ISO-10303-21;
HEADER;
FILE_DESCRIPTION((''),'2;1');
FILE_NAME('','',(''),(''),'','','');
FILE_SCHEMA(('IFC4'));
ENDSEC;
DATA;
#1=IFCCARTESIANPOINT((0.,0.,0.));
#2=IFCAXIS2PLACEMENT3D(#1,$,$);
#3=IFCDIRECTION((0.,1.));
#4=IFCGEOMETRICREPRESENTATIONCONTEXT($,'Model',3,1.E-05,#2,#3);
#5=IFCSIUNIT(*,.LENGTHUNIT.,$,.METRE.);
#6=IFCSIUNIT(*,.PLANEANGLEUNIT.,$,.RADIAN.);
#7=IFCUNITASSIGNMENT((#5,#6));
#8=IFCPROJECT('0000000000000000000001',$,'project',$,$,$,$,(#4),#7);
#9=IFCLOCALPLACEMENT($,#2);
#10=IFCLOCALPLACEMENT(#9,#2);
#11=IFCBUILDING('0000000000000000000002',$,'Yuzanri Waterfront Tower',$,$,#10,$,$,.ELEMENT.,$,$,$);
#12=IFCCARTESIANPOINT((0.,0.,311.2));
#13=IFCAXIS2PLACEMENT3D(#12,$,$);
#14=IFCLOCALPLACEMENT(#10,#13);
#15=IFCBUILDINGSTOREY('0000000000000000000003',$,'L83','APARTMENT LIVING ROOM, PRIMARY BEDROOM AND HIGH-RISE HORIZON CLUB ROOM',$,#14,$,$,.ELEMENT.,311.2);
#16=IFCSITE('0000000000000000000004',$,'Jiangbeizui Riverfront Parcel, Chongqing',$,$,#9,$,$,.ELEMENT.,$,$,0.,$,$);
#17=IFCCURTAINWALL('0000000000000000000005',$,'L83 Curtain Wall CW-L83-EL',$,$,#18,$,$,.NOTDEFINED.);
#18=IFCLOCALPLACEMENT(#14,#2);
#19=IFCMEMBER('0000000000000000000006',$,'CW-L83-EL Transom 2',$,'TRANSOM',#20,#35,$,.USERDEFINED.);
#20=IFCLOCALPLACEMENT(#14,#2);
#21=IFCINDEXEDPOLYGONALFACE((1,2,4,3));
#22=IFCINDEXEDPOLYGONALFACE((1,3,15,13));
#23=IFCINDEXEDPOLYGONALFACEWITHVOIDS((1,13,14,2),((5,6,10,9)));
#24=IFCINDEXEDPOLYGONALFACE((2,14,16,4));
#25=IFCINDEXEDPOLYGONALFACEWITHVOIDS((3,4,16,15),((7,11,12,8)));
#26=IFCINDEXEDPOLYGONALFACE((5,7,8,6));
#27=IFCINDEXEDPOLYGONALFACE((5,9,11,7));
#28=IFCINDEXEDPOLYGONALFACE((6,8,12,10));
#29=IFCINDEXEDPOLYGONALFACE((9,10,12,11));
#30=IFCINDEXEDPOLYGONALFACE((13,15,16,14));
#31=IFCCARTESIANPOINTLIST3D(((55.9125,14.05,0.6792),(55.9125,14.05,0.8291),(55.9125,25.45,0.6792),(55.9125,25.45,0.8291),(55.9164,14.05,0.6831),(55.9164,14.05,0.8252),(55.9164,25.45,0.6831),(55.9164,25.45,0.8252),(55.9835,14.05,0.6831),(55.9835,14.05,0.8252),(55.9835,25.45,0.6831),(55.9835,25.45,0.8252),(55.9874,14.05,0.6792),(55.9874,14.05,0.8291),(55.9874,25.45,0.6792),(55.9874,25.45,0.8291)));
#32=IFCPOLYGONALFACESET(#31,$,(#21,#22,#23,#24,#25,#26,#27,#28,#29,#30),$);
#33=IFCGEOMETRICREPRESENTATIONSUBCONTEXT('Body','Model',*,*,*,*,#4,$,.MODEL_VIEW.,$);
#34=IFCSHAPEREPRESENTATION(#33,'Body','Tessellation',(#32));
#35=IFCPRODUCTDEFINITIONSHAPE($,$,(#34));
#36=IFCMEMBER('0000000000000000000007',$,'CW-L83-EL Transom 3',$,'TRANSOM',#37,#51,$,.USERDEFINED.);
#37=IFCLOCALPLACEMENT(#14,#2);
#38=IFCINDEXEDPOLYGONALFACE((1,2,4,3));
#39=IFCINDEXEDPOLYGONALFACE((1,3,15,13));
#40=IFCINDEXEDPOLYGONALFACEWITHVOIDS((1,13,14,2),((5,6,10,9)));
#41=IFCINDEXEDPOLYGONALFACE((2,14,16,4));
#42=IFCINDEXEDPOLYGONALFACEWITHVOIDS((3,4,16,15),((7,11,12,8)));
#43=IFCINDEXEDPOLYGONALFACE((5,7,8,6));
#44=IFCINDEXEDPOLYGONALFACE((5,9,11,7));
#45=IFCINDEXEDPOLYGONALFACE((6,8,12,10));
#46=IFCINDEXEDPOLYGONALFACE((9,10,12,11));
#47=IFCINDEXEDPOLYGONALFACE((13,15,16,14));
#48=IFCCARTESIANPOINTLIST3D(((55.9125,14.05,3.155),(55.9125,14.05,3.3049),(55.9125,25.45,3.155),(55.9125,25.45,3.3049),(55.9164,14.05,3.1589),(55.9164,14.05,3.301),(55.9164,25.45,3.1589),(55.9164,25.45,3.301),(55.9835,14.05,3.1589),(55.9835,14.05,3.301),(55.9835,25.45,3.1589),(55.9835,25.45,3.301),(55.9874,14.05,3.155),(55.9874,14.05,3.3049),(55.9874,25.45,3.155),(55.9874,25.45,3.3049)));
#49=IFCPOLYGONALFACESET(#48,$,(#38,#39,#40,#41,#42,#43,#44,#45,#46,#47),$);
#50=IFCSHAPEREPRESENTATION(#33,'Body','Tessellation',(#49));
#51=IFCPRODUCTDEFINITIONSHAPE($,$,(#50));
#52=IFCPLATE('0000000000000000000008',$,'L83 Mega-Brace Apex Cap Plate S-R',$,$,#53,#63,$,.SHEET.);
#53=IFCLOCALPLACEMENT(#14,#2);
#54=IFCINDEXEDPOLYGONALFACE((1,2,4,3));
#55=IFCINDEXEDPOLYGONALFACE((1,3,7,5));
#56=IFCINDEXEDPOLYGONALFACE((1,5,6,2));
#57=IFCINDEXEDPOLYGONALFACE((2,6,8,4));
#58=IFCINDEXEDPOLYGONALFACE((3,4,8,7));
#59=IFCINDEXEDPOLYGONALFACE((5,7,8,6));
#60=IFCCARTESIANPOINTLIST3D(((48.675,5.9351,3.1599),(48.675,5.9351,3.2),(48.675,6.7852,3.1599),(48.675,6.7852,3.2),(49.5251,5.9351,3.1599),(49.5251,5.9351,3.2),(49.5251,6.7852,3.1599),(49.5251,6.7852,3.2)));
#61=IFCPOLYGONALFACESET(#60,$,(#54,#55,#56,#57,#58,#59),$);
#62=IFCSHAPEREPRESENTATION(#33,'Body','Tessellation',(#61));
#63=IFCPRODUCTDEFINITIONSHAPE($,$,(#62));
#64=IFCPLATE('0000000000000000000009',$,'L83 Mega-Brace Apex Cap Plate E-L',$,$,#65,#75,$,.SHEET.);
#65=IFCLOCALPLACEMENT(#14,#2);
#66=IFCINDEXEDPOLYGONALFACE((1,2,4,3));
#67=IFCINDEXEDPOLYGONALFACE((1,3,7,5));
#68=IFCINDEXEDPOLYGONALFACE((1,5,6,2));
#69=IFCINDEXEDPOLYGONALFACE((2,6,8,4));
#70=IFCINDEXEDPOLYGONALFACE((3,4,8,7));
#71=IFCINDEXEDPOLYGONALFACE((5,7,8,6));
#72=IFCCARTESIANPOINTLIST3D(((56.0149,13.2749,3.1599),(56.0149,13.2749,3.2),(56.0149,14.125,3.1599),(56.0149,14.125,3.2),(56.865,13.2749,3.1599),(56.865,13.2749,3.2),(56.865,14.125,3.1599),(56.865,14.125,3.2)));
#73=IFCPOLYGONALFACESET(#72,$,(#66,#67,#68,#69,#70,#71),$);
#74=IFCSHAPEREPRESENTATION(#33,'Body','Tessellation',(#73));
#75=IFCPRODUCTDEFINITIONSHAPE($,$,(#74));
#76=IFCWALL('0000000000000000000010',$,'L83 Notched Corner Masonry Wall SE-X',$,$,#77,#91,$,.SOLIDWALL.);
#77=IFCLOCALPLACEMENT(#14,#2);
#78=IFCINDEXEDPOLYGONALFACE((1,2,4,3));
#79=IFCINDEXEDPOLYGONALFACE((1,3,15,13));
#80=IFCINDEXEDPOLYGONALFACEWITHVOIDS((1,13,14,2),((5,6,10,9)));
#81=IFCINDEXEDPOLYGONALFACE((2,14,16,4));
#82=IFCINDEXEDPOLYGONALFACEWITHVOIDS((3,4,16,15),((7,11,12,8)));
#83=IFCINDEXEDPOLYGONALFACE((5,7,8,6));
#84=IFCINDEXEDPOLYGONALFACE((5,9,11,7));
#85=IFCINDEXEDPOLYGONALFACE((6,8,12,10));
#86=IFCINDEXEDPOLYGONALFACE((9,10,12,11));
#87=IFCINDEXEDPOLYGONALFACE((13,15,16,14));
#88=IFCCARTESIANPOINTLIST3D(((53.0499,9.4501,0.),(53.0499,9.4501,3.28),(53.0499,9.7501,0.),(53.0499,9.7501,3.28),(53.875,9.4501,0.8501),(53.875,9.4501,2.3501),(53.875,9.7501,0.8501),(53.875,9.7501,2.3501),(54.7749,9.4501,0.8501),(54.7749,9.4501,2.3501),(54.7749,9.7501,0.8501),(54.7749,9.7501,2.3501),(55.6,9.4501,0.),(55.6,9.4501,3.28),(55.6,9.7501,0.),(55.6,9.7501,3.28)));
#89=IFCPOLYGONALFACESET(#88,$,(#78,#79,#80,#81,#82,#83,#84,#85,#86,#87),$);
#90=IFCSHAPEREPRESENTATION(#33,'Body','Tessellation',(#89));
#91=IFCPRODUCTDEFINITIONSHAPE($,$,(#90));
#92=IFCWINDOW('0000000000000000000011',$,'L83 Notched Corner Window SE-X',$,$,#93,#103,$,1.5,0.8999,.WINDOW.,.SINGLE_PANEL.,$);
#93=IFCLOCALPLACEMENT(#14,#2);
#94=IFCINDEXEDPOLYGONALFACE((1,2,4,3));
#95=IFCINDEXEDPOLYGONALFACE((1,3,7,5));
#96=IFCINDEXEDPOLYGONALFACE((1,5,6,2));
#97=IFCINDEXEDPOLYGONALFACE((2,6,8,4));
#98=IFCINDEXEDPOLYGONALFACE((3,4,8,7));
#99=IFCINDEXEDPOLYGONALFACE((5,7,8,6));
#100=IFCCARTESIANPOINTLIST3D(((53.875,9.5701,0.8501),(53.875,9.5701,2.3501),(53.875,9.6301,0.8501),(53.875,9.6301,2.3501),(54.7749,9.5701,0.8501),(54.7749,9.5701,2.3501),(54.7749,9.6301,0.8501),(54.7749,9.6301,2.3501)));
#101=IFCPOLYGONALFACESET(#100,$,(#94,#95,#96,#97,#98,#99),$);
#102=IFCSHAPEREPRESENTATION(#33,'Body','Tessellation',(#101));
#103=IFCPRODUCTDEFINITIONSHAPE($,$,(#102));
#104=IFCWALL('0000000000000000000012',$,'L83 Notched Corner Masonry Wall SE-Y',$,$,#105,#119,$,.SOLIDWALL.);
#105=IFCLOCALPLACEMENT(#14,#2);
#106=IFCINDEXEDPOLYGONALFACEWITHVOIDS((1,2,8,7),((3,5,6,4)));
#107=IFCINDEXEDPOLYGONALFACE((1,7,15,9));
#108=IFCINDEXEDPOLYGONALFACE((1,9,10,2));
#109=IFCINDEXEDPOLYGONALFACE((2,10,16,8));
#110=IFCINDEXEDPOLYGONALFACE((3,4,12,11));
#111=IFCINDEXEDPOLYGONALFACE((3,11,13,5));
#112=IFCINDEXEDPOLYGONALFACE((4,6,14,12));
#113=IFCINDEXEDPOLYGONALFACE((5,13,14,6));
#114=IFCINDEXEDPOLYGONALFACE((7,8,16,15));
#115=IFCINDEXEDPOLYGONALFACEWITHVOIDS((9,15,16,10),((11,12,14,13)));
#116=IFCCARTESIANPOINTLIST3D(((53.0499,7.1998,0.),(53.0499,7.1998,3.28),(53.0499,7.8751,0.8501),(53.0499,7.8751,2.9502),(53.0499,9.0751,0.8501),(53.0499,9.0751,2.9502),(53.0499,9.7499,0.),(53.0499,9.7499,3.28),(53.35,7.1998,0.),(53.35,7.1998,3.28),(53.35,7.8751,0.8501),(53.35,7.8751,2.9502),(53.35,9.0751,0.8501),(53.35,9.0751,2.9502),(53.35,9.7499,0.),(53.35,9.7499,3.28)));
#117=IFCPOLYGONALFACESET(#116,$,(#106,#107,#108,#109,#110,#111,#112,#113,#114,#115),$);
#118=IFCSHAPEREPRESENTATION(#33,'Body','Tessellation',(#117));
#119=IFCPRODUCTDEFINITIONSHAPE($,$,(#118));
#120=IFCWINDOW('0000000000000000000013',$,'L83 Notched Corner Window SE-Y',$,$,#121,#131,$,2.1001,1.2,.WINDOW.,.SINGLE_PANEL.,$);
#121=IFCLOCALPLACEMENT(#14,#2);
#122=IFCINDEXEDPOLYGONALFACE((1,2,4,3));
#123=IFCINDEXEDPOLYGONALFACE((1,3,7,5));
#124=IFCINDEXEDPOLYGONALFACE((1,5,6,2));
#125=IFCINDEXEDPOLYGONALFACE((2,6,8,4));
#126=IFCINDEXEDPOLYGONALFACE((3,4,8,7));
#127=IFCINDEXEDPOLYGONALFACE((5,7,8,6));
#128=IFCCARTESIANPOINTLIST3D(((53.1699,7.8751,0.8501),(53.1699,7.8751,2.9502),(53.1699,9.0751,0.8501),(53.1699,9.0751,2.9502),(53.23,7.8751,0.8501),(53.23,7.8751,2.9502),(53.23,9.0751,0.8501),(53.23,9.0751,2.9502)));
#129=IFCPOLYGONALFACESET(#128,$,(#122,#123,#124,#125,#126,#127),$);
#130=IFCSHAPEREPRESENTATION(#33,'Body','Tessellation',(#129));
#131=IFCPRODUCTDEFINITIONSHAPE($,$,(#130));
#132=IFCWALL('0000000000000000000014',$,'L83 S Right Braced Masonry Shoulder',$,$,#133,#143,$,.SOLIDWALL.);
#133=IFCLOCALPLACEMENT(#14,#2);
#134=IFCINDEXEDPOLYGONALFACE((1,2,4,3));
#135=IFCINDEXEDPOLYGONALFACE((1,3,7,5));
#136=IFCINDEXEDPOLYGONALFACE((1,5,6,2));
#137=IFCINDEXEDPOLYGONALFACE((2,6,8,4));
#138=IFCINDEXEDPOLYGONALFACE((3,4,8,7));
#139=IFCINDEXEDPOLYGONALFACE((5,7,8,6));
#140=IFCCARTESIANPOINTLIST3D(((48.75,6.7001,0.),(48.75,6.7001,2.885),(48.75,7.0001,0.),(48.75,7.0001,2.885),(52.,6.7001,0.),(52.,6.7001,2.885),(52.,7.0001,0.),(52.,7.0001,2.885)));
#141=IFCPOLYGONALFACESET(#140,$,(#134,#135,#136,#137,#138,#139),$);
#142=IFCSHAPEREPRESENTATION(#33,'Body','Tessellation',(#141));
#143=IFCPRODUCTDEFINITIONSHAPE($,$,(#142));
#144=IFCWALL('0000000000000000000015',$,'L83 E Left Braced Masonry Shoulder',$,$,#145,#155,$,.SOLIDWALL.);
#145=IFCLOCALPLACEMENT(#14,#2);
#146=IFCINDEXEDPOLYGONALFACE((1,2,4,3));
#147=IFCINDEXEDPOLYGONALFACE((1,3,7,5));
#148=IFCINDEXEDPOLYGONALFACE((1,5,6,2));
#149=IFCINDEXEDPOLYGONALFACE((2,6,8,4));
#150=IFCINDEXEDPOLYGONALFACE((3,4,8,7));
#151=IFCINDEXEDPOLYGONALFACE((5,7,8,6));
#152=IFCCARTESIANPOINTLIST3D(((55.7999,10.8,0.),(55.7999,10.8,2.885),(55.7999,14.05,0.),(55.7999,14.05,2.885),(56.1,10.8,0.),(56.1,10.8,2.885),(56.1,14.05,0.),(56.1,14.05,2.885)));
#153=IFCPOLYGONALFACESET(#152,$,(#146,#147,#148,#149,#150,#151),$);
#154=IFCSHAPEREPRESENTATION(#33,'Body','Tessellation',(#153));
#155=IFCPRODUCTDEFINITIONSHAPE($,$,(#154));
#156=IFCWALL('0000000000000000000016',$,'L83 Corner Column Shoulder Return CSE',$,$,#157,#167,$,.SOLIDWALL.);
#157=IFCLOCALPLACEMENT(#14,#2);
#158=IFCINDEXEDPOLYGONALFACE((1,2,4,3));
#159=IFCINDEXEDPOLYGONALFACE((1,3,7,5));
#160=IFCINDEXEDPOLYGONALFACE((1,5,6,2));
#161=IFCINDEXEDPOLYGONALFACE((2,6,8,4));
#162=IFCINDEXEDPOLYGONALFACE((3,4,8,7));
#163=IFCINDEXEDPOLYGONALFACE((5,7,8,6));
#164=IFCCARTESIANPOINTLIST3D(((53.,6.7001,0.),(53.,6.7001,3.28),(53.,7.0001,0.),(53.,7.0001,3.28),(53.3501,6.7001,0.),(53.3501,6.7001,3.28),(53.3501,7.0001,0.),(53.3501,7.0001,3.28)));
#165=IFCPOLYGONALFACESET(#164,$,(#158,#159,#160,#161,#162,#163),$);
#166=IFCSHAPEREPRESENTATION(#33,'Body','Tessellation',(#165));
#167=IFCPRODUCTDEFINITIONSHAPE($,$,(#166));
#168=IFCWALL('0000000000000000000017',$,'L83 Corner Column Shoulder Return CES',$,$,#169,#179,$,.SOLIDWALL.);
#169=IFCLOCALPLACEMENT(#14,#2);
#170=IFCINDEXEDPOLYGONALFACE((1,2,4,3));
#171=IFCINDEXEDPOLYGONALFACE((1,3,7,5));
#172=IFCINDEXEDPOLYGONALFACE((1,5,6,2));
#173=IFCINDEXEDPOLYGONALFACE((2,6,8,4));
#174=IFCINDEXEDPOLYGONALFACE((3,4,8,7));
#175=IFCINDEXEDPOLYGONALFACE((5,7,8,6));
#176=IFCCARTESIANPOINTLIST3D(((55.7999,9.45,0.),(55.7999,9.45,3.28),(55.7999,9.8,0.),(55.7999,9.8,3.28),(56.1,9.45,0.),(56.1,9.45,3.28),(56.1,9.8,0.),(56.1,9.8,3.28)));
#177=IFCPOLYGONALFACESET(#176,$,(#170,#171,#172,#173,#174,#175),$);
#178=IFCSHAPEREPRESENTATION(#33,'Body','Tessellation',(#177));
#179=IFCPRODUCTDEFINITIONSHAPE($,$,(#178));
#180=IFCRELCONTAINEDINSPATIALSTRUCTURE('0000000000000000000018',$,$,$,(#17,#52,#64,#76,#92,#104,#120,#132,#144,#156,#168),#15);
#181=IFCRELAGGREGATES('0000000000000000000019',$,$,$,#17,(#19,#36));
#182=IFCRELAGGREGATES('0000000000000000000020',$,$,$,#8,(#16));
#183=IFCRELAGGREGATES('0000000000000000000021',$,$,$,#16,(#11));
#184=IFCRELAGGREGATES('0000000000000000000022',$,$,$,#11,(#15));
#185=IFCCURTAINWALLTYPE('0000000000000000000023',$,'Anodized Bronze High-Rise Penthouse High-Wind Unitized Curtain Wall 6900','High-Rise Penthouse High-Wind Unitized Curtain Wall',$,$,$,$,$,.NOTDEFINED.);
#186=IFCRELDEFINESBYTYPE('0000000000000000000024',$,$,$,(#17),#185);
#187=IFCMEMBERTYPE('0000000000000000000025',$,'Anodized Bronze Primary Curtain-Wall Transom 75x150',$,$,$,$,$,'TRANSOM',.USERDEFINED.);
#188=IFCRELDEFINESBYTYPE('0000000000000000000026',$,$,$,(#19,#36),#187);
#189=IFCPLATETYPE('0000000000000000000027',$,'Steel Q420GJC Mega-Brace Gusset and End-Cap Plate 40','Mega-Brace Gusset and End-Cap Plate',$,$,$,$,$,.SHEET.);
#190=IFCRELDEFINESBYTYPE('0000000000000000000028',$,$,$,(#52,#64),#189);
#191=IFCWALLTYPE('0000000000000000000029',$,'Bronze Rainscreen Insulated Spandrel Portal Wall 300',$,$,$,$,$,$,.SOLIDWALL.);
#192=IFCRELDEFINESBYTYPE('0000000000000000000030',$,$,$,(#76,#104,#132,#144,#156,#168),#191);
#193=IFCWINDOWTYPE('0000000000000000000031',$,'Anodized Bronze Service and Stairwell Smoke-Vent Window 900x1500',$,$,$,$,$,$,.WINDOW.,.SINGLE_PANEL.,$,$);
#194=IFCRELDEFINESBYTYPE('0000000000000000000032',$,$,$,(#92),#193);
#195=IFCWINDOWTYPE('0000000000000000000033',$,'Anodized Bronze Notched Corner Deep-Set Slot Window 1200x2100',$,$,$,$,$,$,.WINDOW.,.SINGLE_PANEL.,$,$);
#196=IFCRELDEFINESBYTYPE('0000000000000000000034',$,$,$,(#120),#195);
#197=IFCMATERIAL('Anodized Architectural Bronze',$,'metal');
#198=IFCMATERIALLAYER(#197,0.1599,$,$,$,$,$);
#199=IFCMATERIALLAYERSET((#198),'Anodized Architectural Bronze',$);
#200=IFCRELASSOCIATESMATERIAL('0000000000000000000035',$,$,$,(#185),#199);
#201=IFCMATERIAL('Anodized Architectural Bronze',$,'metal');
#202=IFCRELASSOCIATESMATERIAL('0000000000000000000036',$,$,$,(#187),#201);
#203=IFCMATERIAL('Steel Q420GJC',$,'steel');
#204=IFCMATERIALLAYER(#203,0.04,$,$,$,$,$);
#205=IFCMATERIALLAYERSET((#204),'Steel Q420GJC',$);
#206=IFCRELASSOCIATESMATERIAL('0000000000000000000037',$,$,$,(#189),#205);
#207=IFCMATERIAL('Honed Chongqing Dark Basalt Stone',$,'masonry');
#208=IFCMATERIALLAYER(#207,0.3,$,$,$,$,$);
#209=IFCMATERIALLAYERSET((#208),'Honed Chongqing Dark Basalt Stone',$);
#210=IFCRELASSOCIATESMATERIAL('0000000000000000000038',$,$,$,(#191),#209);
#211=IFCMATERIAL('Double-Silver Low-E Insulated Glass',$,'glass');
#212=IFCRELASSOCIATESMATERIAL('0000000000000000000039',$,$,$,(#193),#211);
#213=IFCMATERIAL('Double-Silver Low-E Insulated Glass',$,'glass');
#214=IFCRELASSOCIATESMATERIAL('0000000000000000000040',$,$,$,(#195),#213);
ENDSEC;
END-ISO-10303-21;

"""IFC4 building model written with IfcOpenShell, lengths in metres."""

from ifc_helpers import new_model, si_unit, direction, frame, frame_2d, origin, origin_2d, place, context, subcontext, project, spatial, rectangle, hollow_rectangle, extrude, source, transform, mapped, material, layer, layer_set, material_profile, profile_set, type_object, element, fill, aggregate, save


model = new_model("IFC4")

# Units and contexts
model_context = context("Model", 3, precision=1e-05, world=origin(), true_north=direction((0.0, 1.0)))
body_context = subcontext(model_context, "Body", "Model", "MODEL_VIEW")
ifc_project = project(units=[si_unit("LENGTHUNIT", "METRE"), si_unit("PLANEANGLEUNIT", "RADIAN")], contexts=[model_context])

# Site, building, storey
site_placement = place(None, origin())
site = spatial("IfcSite", under=ifc_project, at=site_placement, Name="Jiangbeizui Riverfront Parcel, Chongqing", CompositionType="ELEMENT", RefElevation=0.0)
building_placement = place(site_placement, origin())
building = spatial("IfcBuilding", under=site, at=building_placement, Name="Yuzanri Waterfront Tower", CompositionType="ELEMENT")
storey_placement = place(building_placement, frame((0.0, 0.0, 311.2)))
storey = spatial("IfcBuildingStorey", under=building, at=storey_placement, Name="L83", Description="APARTMENT LIVING ROOM, PRIMARY BEDROOM AND HIGH-RISE HORIZON CLUB ROOM", CompositionType="ELEMENT", Elevation=311.2)

# Curtain wall
ifc_material_1 = material(Name="Anodized Architectural Bronze", Category="metal")
ifc_layer_1 = layer(ifc_material_1, 0.1599)
ifc_layer_set_1 = layer_set([ifc_layer_1], Name="Anodized Architectural Bronze")
curtain_wall_type = type_object("IfcCurtainWallType", Name="Anodized Bronze High-Rise Penthouse High-Wind Unitized Curtain Wall 6900", Description="High-Rise Penthouse High-Wind Unitized Curtain Wall", PredefinedType="NOTDEFINED", material=ifc_layer_set_1)
curtain_wall_1_placement = place(storey_placement, origin())
curtain_wall_1 = element("IfcCurtainWall", 1, at=curtain_wall_1_placement, inside=storey, type_object=curtain_wall_type, Name="L83 Curtain Wall CW-L83-EL", PredefinedType="NOTDEFINED")

# Members
ifc_material_2 = material(Name="Anodized Architectural Bronze", Category="metal")
ifc_material_profile_1 = material_profile(ifc_material_2, hollow_rectangle(XDim=0.075, YDim=0.1499, WallThickness=0.0039, at=origin_2d()), Name="CWT 75x150")
ifc_profile_set_1 = profile_set([ifc_material_profile_1], Name="Anodized Architectural Bronze")
member_type_1 = type_object("IfcMemberType", Name="Anodized Bronze Primary Curtain-Wall Transom 75x150", ElementType="TRANSOM", PredefinedType="USERDEFINED", material=ifc_profile_set_1)
shared_shape_1 = source(origin(), body_context, "Body", "SweptSolid", [
    extrude(hollow_rectangle(XDim=0.075, YDim=0.1499, WallThickness=0.0039, at=origin_2d()), origin(), (0.0, 0.0, 1.0), 11.3999),
])
member_1_placement = place(storey_placement, frame((55.95, 14.05, 0.7542), z_axis=(0.0, 1.0, 0.0), x_axis=(-1.0, 0.0, 0.0)))
member_1 = element("IfcMember", 2, at=member_1_placement, type_object=member_type_1, Name="CW-L83-EL Transom 2", ObjectType="TRANSOM", PredefinedType="USERDEFINED", context=body_context, shape_type="MappedRepresentation", body=[
    mapped(shared_shape_1, transform((0.0, 0.0, 0.0), scale=1.0)),
])
member_2_placement = place(storey_placement, frame((55.95, 14.05, 3.23), z_axis=(0.0, 1.0, 0.0), x_axis=(-1.0, 0.0, 0.0)))
member_2 = element("IfcMember", 3, at=member_2_placement, type_object=member_type_1, Name="CW-L83-EL Transom 3", ObjectType="TRANSOM", PredefinedType="USERDEFINED", context=body_context, shape_type="MappedRepresentation", body=[
    mapped(shared_shape_1, transform((0.0, 0.0, 0.0), scale=1.0)),
])
aggregate(curtain_wall_1, [member_1, member_2])

# Plates
ifc_material_3 = material(Name="Steel Q420GJC", Category="steel")
ifc_layer_2 = layer(ifc_material_3, 0.04)
ifc_layer_set_2 = layer_set([ifc_layer_2], Name="Steel Q420GJC")
plate_type = type_object("IfcPlateType", Name="Steel Q420GJC Mega-Brace Gusset and End-Cap Plate 40", Description="Mega-Brace Gusset and End-Cap Plate", PredefinedType="SHEET", material=ifc_layer_set_2)
shared_shape_2 = source(origin(), body_context, "Body", "SweptSolid", [
    extrude(rectangle(XDim=0.8501, YDim=0.8501, at=origin_2d()), origin(), (0.0, 0.0, 1.0), 0.04),
])
for number, where, z_axis, x_axis, name in (
    (4, (49.1001, 6.3601, 3.1599), (0.0, 0.0, 1.0), (1.0, 0.0, 0.0), "L83 Mega-Brace Apex Cap Plate S-R"),
    (5, (56.4399, 13.7, 3.1599), (0.0, 0.0, 1.0), (1.0, 0.0, 0.0), "L83 Mega-Brace Apex Cap Plate E-L"),
):
    element("IfcPlate", number, at=place(storey_placement, frame(where, z_axis=z_axis, x_axis=x_axis)), inside=storey, type_object=plate_type, Name=name, PredefinedType="SHEET", context=body_context, shape_type="MappedRepresentation", body=[
        mapped(shared_shape_2, transform((0.0, 0.0, 0.0), scale=1.0)),
    ])

# Walls, openings, windows
ifc_material_4 = material(Name="Honed Chongqing Dark Basalt Stone", Category="masonry")
ifc_layer_3 = layer(ifc_material_4, 0.3)
ifc_layer_set_3 = layer_set([ifc_layer_3], Name="Honed Chongqing Dark Basalt Stone")
wall_type_1 = type_object("IfcWallType", Name="Bronze Rainscreen Insulated Spandrel Portal Wall 300", PredefinedType="SOLIDWALL", material=ifc_layer_set_3)
wall_1_placement = place(storey_placement, frame((53.05, 9.6001, 0.0), z_axis=(0.0, 0.0, 1.0), x_axis=(1.0, 0.0, 0.0)))
wall_1 = element("IfcWall", 6, at=wall_1_placement, inside=storey, type_object=wall_type_1, Name="L83 Notched Corner Masonry Wall SE-X", PredefinedType="SOLIDWALL", context=body_context, shape_type="SweptSolid", body=[
    extrude(rectangle(XDim=2.55, YDim=0.3, at=frame_2d((1.2749, 0.0))), origin(), (0.0, 0.0, 1.0), 3.28),
])
opening_1_placement = place(wall_1_placement, frame((0.825, 0.0, 0.8501)))
opening_1 = element("IfcOpeningElement", 7, at=opening_1_placement, cuts=wall_1, PredefinedType="OPENING", context=body_context, shape_type="SweptSolid", body=[
    extrude(rectangle(XDim=0.8999, YDim=1.5, at=frame_2d((0.45, 0.75))), frame((0.0, 0.165, 0.0), z_axis=(0.0, -1.0, 0.0), x_axis=(1.0, 0.0, 0.0)), (0.0, 0.0, 1.0), 0.3298),
])
ifc_material_5 = material(Name="Double-Silver Low-E Insulated Glass", Category="glass")
window_type_1 = type_object("IfcWindowType", Name="Anodized Bronze Service and Stairwell Smoke-Vent Window 900x1500", PartitioningType="SINGLE_PANEL", PredefinedType="WINDOW", material=ifc_material_5)
shared_shape_3 = source(origin(), body_context, "Body", "SweptSolid", [
    extrude(rectangle(XDim=0.8999, YDim=1.5, at=frame_2d((0.45, 0.75))), frame((0.0, 0.03, 0.0), z_axis=(0.0, -1.0, 0.0), x_axis=(1.0, 0.0, 0.0)), (0.0, 0.0, 1.0), 0.0601),
])
window_1_placement = place(opening_1_placement, origin())
window_1 = element("IfcWindow", 8, at=window_1_placement, inside=storey, type_object=window_type_1, Name="L83 Notched Corner Window SE-X", OverallHeight=1.5, OverallWidth=0.8999, PartitioningType="SINGLE_PANEL", PredefinedType="WINDOW", context=body_context, shape_type="MappedRepresentation", body=[
    mapped(shared_shape_3, transform((0.0, 0.0, 0.0), scale=1.0)),
])
fill(opening_1, window_1)
wall_2_placement = place(storey_placement, frame((53.2, 7.2, 0.0), z_axis=(0.0, 0.0, 1.0), x_axis=(0.0, 1.0, 0.0)))
wall_2 = element("IfcWall", 9, at=wall_2_placement, inside=storey, type_object=wall_type_1, Name="L83 Notched Corner Masonry Wall SE-Y", PredefinedType="SOLIDWALL", context=body_context, shape_type="SweptSolid", body=[
    extrude(rectangle(XDim=2.55, YDim=0.3, at=frame_2d((1.2749, 0.0))), origin(), (0.0, 0.0, 1.0), 3.28),
])
opening_2_placement = place(wall_2_placement, frame((0.675, 0.0, 0.8501)))
opening_2 = element("IfcOpeningElement", 10, at=opening_2_placement, cuts=wall_2, PredefinedType="OPENING", context=body_context, shape_type="SweptSolid", body=[
    extrude(rectangle(XDim=1.2, YDim=2.1001, at=frame_2d((0.6001, 1.05))), frame((0.0, 0.165, 0.0), z_axis=(0.0, -1.0, 0.0), x_axis=(1.0, 0.0, 0.0)), (0.0, 0.0, 1.0), 0.3298),
])
ifc_material_6 = material(Name="Double-Silver Low-E Insulated Glass", Category="glass")
window_type_2 = type_object("IfcWindowType", Name="Anodized Bronze Notched Corner Deep-Set Slot Window 1200x2100", PartitioningType="SINGLE_PANEL", PredefinedType="WINDOW", material=ifc_material_6)
shared_shape_4 = source(origin(), body_context, "Body", "SweptSolid", [
    extrude(rectangle(XDim=1.2, YDim=2.1001, at=frame_2d((0.6001, 1.05))), frame((0.0, 0.03, 0.0), z_axis=(0.0, -1.0, 0.0), x_axis=(1.0, 0.0, 0.0)), (0.0, 0.0, 1.0), 0.0601),
])
window_2_placement = place(opening_2_placement, origin())
window_2 = element("IfcWindow", 11, at=window_2_placement, inside=storey, type_object=window_type_2, Name="L83 Notched Corner Window SE-Y", OverallHeight=2.1001, OverallWidth=1.2, PartitioningType="SINGLE_PANEL", PredefinedType="WINDOW", context=body_context, shape_type="MappedRepresentation", body=[
    mapped(shared_shape_4, transform((0.0, 0.0, 0.0), scale=1.0)),
])
fill(opening_2, window_2)

# Walls
shared_shape_5 = source(origin(), body_context, "Body", "SweptSolid", [
    extrude(rectangle(XDim=3.25, YDim=0.3, at=frame_2d((1.625, 0.0))), origin(), (0.0, 0.0, 1.0), 2.885),
])
for number, where, z_axis, x_axis, name in (
    (12, (48.75, 6.8501, 0.0), (0.0, 0.0, 1.0), (1.0, 0.0, 0.0), "L83 S Right Braced Masonry Shoulder"),
    (13, (55.95, 10.8, 0.0), (0.0, 0.0, 1.0), (0.0, 1.0, 0.0), "L83 E Left Braced Masonry Shoulder"),
):
    element("IfcWall", number, at=place(storey_placement, frame(where, z_axis=z_axis, x_axis=x_axis)), inside=storey, type_object=wall_type_1, Name=name, PredefinedType="SOLIDWALL", context=body_context, shape_type="MappedRepresentation", body=[
        mapped(shared_shape_5, transform((0.0, 0.0, 0.0), scale=1.0)),
    ])
shared_shape_6 = source(origin(), body_context, "Body", "SweptSolid", [
    extrude(rectangle(XDim=0.3501, YDim=0.3, at=frame_2d((0.175, 0.0))), origin(), (0.0, 0.0, 1.0), 3.28),
])
for number, where, z_axis, x_axis, name in (
    (14, (53.0, 6.8501, 0.0), (0.0, 0.0, 1.0), (1.0, 0.0, 0.0), "L83 Corner Column Shoulder Return CSE"),
    (15, (55.95, 9.45, 0.0), (0.0, 0.0, 1.0), (0.0, 1.0, 0.0), "L83 Corner Column Shoulder Return CES"),
):
    element("IfcWall", number, at=place(storey_placement, frame(where, z_axis=z_axis, x_axis=x_axis)), inside=storey, type_object=wall_type_1, Name=name, PredefinedType="SOLIDWALL", context=body_context, shape_type="MappedRepresentation", body=[
        mapped(shared_shape_6, transform((0.0, 0.0, 0.0), scale=1.0)),
    ])

save(model, "model.ifc")
